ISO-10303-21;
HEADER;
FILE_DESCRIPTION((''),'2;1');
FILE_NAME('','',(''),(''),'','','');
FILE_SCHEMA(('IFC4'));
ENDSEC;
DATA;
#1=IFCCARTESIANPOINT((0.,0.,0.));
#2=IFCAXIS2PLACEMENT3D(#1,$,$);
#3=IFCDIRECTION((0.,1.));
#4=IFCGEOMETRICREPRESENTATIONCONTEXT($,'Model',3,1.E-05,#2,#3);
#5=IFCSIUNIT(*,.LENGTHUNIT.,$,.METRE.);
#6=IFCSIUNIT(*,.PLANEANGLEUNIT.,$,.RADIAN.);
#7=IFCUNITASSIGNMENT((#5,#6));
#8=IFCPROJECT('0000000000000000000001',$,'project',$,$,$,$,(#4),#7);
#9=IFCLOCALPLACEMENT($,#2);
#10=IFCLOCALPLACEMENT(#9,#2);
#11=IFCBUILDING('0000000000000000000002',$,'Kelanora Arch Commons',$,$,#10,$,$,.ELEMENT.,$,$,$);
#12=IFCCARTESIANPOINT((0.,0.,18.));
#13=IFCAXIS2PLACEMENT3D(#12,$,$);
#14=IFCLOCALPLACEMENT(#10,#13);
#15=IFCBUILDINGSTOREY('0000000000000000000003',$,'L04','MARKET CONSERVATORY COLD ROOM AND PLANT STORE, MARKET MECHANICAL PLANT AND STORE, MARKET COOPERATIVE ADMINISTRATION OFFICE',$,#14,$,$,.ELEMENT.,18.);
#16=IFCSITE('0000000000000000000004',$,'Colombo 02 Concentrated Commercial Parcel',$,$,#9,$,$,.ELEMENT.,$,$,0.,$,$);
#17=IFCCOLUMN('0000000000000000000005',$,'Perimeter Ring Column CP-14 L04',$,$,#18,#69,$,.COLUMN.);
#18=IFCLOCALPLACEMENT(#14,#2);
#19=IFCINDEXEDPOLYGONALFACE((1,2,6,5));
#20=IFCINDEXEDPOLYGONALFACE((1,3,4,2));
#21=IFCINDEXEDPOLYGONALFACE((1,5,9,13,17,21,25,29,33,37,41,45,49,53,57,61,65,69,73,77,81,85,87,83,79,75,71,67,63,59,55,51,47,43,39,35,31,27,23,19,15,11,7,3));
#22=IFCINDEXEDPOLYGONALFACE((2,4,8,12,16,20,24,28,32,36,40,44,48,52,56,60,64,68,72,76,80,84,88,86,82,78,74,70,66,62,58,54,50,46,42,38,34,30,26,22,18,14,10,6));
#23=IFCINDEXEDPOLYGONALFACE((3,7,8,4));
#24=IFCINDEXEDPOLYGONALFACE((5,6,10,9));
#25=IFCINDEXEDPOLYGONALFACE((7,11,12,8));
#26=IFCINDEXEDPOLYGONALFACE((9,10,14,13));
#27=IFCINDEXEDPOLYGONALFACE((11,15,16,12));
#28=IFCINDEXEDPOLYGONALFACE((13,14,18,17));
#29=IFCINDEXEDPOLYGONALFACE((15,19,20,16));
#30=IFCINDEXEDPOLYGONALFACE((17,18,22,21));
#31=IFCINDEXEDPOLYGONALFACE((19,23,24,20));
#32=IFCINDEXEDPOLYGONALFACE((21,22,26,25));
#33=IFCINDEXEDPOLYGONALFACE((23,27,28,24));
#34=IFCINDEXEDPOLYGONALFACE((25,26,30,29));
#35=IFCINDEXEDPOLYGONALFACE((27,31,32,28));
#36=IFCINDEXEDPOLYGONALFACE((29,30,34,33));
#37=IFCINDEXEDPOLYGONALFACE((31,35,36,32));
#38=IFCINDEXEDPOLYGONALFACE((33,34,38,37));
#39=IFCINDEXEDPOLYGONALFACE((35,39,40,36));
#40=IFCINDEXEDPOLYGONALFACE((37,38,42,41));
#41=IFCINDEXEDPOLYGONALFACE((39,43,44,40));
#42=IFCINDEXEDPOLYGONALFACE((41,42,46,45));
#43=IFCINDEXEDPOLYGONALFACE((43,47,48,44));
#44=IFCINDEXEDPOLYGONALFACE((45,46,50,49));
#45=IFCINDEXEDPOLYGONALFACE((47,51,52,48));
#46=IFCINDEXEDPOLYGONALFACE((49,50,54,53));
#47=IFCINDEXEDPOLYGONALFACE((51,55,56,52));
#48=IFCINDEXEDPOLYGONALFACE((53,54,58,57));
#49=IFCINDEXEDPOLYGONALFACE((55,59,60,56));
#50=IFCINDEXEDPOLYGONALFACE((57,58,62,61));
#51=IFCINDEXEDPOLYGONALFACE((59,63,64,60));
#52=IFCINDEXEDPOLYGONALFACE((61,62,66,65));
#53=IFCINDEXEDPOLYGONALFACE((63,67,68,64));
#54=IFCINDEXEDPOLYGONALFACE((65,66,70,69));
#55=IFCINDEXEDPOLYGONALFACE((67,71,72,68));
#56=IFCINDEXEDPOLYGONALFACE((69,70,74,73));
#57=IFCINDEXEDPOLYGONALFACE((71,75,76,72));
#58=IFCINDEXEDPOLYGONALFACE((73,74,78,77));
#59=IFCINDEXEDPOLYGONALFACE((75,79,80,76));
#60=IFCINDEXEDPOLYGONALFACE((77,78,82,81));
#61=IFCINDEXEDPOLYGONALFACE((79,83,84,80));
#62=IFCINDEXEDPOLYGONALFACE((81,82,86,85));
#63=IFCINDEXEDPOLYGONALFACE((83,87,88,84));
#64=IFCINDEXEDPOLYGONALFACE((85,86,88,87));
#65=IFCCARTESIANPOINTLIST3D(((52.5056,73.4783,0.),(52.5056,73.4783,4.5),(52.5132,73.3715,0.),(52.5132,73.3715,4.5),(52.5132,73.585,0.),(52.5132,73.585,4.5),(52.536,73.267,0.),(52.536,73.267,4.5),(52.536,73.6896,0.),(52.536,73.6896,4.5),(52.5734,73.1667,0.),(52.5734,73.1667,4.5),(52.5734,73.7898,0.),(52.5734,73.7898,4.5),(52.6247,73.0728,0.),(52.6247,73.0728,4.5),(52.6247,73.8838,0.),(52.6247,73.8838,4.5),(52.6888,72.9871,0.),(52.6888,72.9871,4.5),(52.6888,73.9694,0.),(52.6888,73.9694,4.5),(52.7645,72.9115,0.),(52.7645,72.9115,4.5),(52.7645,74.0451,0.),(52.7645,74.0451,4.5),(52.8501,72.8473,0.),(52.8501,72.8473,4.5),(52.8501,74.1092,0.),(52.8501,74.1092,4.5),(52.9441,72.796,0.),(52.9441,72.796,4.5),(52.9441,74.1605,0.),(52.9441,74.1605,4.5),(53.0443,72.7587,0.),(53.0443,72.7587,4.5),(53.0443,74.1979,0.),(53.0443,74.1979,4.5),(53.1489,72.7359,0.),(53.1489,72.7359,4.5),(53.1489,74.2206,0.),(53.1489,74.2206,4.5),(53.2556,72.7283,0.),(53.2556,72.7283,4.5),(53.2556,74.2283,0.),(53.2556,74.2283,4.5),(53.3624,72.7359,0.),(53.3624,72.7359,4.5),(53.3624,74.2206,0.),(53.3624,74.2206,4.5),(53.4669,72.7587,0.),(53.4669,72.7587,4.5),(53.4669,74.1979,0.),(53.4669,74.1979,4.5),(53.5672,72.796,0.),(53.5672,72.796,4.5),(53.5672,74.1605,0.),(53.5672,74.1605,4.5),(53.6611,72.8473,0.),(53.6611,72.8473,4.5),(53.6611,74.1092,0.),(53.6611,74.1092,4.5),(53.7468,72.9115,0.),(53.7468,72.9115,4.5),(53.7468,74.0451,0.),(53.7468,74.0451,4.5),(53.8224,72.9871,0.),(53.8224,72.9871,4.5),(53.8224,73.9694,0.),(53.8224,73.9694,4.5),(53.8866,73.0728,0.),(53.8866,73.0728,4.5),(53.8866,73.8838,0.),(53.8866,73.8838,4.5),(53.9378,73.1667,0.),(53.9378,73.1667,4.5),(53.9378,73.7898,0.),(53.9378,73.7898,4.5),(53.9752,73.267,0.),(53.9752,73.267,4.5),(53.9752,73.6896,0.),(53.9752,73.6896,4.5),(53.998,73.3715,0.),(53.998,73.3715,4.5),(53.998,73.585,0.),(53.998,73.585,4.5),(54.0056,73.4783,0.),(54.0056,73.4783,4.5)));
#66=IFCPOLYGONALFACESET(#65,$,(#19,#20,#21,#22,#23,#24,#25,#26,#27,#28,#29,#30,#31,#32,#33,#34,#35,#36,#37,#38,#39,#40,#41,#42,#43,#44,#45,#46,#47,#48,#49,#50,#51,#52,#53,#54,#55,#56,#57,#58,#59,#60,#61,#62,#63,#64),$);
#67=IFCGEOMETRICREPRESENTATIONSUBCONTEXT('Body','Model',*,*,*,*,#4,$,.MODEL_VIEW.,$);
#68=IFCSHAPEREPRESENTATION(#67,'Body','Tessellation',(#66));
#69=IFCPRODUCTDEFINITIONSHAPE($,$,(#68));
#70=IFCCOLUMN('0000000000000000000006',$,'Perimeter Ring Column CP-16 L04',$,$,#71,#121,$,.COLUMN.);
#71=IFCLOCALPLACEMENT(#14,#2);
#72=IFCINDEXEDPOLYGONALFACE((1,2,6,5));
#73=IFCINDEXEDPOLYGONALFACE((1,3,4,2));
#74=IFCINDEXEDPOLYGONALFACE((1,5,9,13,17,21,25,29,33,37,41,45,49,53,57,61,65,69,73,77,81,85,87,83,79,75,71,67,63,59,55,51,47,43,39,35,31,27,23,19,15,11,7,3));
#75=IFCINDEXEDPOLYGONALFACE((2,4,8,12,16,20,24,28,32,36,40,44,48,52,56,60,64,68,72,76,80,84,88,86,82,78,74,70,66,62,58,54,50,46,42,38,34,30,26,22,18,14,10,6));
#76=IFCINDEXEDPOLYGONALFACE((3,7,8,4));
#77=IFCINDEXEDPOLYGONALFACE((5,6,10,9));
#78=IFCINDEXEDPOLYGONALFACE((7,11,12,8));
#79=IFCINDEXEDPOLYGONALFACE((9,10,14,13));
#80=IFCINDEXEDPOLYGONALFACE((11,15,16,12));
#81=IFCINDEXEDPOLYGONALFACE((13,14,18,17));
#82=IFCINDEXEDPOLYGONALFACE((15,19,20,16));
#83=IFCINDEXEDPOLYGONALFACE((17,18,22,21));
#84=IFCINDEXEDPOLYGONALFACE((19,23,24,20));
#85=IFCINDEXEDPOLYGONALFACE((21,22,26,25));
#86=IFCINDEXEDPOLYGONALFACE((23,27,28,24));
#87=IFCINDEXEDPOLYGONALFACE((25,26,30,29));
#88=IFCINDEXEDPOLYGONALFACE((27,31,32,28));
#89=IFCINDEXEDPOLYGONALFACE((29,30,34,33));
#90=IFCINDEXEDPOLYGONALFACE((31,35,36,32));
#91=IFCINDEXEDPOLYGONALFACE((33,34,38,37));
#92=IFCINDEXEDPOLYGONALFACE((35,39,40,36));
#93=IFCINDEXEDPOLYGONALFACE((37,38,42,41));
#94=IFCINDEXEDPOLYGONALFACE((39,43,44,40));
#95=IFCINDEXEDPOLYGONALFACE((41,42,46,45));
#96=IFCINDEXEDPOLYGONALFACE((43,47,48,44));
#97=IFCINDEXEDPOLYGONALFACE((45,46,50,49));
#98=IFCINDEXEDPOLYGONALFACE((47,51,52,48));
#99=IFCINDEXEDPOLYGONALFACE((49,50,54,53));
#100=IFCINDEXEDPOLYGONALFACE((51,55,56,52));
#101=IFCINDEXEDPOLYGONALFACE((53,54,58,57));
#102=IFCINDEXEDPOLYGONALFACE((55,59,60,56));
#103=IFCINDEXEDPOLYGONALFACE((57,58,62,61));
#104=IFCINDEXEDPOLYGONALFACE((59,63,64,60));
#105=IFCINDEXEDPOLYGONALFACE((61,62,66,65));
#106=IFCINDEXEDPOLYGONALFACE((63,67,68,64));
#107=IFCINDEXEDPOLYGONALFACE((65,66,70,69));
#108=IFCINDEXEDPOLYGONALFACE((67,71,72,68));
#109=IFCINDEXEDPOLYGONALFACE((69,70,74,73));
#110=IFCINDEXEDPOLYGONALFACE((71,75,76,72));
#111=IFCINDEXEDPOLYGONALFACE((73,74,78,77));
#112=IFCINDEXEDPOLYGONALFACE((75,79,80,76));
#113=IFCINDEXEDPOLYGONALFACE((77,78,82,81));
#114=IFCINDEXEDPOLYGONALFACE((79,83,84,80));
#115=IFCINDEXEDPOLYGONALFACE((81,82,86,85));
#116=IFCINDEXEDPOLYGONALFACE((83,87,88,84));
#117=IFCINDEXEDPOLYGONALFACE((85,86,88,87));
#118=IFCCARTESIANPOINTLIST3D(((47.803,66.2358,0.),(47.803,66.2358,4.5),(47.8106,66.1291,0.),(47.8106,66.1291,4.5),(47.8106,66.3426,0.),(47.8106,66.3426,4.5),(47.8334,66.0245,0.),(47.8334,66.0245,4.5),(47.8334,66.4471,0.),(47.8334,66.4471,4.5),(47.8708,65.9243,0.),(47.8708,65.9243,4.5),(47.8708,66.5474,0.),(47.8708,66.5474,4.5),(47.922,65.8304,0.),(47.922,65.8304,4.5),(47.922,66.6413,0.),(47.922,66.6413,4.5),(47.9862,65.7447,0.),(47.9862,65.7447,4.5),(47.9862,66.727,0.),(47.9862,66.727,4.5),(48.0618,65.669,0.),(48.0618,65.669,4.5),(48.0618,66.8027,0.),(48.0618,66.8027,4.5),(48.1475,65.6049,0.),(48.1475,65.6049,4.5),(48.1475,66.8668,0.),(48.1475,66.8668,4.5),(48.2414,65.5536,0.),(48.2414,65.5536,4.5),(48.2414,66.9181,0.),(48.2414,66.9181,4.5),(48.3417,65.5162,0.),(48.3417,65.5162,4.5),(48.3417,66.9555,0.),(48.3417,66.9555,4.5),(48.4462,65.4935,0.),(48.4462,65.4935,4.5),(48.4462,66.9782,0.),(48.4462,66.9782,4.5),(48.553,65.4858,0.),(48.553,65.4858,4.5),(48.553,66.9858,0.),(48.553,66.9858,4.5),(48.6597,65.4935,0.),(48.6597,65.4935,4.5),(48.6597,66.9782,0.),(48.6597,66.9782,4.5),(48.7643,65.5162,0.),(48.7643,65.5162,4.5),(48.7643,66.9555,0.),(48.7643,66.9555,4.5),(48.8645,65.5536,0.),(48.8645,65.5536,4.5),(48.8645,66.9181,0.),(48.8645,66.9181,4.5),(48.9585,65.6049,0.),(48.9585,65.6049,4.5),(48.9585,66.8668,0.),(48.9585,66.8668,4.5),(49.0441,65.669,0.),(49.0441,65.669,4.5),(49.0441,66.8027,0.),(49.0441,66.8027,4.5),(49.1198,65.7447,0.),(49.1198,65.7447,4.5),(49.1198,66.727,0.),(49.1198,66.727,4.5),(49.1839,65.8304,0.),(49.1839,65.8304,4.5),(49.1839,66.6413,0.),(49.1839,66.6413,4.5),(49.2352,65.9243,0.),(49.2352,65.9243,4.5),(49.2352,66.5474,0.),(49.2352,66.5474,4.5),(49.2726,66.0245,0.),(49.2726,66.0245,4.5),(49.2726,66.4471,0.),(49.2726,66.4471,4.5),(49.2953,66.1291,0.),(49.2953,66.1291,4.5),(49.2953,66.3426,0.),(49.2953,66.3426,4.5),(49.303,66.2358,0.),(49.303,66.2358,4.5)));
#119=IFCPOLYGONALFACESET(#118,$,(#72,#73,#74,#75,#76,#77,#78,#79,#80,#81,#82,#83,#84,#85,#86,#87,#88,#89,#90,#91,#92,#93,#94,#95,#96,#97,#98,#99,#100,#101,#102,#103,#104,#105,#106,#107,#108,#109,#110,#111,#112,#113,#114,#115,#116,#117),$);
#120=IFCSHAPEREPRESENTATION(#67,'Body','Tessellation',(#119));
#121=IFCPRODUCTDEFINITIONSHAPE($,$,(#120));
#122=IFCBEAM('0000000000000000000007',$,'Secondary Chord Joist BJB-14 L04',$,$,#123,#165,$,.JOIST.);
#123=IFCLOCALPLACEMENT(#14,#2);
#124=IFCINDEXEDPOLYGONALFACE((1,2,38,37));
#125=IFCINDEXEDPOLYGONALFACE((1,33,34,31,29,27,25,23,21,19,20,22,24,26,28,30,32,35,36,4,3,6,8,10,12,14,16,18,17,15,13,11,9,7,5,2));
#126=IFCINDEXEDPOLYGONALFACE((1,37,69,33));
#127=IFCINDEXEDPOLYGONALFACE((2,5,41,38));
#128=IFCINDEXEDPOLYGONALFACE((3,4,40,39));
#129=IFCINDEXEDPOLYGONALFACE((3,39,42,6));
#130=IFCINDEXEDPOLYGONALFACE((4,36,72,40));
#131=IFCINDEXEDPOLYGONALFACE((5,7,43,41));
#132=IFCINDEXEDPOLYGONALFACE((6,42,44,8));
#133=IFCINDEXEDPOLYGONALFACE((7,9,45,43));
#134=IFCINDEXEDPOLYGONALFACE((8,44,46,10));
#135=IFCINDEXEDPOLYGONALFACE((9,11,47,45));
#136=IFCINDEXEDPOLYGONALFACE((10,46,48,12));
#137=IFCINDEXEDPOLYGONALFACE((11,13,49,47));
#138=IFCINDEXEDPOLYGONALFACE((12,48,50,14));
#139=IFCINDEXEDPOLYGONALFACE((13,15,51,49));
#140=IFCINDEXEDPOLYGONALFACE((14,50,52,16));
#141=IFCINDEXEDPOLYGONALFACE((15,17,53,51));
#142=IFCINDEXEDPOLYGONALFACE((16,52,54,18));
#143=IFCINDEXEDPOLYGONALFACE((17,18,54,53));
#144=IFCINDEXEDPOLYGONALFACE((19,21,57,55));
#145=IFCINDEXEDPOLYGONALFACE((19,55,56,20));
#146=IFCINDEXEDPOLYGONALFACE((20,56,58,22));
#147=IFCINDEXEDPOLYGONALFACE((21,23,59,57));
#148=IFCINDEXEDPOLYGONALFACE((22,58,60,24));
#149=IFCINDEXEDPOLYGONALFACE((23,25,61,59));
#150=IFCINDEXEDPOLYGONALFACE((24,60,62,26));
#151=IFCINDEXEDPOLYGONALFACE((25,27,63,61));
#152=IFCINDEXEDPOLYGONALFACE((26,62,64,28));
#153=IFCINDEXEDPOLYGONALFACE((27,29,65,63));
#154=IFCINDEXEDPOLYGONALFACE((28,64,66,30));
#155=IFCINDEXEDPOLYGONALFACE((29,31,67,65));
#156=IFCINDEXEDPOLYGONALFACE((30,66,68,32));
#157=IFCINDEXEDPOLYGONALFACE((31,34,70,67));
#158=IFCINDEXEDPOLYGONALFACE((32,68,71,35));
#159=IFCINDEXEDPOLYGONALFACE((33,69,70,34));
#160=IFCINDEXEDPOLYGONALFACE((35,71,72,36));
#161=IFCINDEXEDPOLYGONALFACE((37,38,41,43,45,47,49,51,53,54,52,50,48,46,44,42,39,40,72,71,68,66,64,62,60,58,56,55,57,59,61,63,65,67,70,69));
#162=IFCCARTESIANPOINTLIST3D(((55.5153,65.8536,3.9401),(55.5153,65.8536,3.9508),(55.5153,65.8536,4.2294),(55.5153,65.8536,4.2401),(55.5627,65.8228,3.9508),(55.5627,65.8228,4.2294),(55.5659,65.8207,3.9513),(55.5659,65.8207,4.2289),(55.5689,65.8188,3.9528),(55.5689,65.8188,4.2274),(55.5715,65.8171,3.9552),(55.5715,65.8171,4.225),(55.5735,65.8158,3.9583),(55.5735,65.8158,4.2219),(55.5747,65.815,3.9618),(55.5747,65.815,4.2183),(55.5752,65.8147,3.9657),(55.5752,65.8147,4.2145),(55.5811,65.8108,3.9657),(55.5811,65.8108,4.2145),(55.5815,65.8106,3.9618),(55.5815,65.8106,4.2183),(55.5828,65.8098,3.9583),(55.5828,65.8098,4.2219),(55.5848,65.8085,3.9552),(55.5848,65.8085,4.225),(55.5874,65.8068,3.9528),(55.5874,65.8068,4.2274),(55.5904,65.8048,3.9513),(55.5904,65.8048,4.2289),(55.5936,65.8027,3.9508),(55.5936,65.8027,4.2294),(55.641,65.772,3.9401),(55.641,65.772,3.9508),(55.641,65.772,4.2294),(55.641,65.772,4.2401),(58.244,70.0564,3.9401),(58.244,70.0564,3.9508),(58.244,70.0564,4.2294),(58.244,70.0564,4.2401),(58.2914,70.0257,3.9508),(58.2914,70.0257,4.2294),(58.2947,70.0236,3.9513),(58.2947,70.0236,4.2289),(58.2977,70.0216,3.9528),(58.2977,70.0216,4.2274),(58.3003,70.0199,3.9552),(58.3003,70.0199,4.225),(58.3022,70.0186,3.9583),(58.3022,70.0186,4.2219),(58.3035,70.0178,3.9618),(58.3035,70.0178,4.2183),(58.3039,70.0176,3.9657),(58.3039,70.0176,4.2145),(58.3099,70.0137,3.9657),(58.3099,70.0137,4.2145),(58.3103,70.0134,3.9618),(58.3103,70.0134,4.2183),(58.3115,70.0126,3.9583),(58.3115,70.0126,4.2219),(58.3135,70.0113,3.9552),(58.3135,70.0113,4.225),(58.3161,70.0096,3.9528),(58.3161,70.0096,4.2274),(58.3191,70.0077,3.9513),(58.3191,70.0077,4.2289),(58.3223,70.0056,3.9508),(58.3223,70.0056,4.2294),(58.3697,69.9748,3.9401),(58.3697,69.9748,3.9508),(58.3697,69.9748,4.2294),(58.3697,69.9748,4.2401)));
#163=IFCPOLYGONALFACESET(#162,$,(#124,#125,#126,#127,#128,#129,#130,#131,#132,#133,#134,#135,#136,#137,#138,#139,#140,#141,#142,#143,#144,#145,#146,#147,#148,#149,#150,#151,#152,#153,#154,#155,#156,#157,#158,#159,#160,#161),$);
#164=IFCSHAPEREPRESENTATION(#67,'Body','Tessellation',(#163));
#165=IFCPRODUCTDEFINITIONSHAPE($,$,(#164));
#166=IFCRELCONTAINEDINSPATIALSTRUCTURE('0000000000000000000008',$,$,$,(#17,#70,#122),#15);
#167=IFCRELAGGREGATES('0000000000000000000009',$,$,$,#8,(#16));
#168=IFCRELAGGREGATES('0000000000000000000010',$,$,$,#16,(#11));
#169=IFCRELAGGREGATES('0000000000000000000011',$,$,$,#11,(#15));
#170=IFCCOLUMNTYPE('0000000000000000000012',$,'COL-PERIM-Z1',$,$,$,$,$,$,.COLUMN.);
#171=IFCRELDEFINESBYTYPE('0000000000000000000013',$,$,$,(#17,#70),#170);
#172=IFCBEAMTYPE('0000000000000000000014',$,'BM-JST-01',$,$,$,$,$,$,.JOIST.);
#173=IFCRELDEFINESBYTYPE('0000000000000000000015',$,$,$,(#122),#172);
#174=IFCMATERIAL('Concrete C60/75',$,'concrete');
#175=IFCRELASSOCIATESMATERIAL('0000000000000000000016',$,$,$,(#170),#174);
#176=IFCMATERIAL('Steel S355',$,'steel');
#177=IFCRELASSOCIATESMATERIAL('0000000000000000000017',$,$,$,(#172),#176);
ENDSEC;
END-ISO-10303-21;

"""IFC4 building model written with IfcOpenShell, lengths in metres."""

from ifc_helpers import new_model, si_unit, direction, frame, origin, origin_2d, place, context, subcontext, project, spatial, circle, i_section, extrude, material, material_profile, profile_set, type_object, element, save


model = new_model("IFC4")

# Units and contexts
model_context = context("Model", 3, precision=1e-05, world=origin(), true_north=direction((0.0, 1.0)))
body_context = subcontext(model_context, "Body", "Model", "MODEL_VIEW")
ifc_project = project(units=[si_unit("LENGTHUNIT", "METRE"), si_unit("PLANEANGLEUNIT", "RADIAN")], contexts=[model_context])

# Site, building, storey
site_placement = place(None, origin())
site = spatial("IfcSite", under=ifc_project, at=site_placement, Name="Colombo 02 Concentrated Commercial Parcel", CompositionType="ELEMENT", RefElevation=0.0)
building_placement = place(site_placement, origin())
building = spatial("IfcBuilding", under=site, at=building_placement, Name="Kelanora Arch Commons", CompositionType="ELEMENT")
storey_placement = place(building_placement, frame((0.0, 0.0, 18.0)))
storey = spatial("IfcBuildingStorey", under=building, at=storey_placement, Name="L04", Description="MARKET CONSERVATORY COLD ROOM AND PLANT STORE, MARKET MECHANICAL PLANT AND STORE, MARKET COOPERATIVE ADMINISTRATION OFFICE", CompositionType="ELEMENT", Elevation=18.0)

# Columns
ifc_material_1 = material(Name="Concrete C60/75", Category="concrete")
ifc_material_profile_1 = material_profile(ifc_material_1, circle(Radius=0.75, at=origin_2d()), Name="RCC1500")
ifc_profile_set_1 = profile_set([ifc_material_profile_1], Name="Concrete C60/75")
column_type = type_object("IfcColumnType", Name="COL-PERIM-Z1", PredefinedType="COLUMN", material=ifc_profile_set_1)
for number, where, z_axis, x_axis, name in (
    (1, (53.2556, 73.4783, 0.0), (0.0, 0.0, 1.0), (1.0, 0.0, 0.0), "Perimeter Ring Column CP-14 L04"),
    (2, (48.553, 66.2358, 0.0), (0.0, 0.0, 1.0), (1.0, 0.0, 0.0), "Perimeter Ring Column CP-16 L04"),
):
    element("IfcColumn", number, at=place(storey_placement, frame(where, z_axis=z_axis, x_axis=x_axis)), inside=storey, type_object=column_type, Name=name, PredefinedType="COLUMN", context=body_context, shape_type="SweptSolid", body=[
        extrude(circle(Radius=0.75, at=origin_2d()), origin(), (0.0, 0.0, 1.0), 4.5),
    ])

# Beam
ifc_material_2 = material(Name="Steel S355", Category="steel")
ifc_material_profile_2 = material_profile(ifc_material_2, i_section(OverallWidth=0.1499, OverallDepth=0.3, WebThickness=0.0071, FlangeThickness=0.0107, FilletRadius=0.0149, at=origin_2d()), Name="IPE300")
ifc_profile_set_2 = profile_set([ifc_material_profile_2], Name="Steel S355")
beam_type_1 = type_object("IfcBeamType", Name="BM-JST-01", PredefinedType="JOIST", material=ifc_profile_set_2)
beam_1_placement = place(storey_placement, frame((58.3069, 70.0156, 4.0901), z_axis=(-0.544552, -0.838727, 0.0), x_axis=(0.838727, -0.544552, 0.0)))
element("IfcBeam", 3, at=beam_1_placement, inside=storey, type_object=beam_type_1, Name="Secondary Chord Joist BJB-14 L04", PredefinedType="JOIST", context=body_context, shape_type="SweptSolid", body=[
    extrude(i_section(OverallWidth=0.1499, OverallDepth=0.3, WebThickness=0.0071, FlangeThickness=0.0107, FilletRadius=0.0149, at=origin_2d()), origin(), (0.0, 0.0, 1.0), 5.011),
])

save(model, "model.ifc")
